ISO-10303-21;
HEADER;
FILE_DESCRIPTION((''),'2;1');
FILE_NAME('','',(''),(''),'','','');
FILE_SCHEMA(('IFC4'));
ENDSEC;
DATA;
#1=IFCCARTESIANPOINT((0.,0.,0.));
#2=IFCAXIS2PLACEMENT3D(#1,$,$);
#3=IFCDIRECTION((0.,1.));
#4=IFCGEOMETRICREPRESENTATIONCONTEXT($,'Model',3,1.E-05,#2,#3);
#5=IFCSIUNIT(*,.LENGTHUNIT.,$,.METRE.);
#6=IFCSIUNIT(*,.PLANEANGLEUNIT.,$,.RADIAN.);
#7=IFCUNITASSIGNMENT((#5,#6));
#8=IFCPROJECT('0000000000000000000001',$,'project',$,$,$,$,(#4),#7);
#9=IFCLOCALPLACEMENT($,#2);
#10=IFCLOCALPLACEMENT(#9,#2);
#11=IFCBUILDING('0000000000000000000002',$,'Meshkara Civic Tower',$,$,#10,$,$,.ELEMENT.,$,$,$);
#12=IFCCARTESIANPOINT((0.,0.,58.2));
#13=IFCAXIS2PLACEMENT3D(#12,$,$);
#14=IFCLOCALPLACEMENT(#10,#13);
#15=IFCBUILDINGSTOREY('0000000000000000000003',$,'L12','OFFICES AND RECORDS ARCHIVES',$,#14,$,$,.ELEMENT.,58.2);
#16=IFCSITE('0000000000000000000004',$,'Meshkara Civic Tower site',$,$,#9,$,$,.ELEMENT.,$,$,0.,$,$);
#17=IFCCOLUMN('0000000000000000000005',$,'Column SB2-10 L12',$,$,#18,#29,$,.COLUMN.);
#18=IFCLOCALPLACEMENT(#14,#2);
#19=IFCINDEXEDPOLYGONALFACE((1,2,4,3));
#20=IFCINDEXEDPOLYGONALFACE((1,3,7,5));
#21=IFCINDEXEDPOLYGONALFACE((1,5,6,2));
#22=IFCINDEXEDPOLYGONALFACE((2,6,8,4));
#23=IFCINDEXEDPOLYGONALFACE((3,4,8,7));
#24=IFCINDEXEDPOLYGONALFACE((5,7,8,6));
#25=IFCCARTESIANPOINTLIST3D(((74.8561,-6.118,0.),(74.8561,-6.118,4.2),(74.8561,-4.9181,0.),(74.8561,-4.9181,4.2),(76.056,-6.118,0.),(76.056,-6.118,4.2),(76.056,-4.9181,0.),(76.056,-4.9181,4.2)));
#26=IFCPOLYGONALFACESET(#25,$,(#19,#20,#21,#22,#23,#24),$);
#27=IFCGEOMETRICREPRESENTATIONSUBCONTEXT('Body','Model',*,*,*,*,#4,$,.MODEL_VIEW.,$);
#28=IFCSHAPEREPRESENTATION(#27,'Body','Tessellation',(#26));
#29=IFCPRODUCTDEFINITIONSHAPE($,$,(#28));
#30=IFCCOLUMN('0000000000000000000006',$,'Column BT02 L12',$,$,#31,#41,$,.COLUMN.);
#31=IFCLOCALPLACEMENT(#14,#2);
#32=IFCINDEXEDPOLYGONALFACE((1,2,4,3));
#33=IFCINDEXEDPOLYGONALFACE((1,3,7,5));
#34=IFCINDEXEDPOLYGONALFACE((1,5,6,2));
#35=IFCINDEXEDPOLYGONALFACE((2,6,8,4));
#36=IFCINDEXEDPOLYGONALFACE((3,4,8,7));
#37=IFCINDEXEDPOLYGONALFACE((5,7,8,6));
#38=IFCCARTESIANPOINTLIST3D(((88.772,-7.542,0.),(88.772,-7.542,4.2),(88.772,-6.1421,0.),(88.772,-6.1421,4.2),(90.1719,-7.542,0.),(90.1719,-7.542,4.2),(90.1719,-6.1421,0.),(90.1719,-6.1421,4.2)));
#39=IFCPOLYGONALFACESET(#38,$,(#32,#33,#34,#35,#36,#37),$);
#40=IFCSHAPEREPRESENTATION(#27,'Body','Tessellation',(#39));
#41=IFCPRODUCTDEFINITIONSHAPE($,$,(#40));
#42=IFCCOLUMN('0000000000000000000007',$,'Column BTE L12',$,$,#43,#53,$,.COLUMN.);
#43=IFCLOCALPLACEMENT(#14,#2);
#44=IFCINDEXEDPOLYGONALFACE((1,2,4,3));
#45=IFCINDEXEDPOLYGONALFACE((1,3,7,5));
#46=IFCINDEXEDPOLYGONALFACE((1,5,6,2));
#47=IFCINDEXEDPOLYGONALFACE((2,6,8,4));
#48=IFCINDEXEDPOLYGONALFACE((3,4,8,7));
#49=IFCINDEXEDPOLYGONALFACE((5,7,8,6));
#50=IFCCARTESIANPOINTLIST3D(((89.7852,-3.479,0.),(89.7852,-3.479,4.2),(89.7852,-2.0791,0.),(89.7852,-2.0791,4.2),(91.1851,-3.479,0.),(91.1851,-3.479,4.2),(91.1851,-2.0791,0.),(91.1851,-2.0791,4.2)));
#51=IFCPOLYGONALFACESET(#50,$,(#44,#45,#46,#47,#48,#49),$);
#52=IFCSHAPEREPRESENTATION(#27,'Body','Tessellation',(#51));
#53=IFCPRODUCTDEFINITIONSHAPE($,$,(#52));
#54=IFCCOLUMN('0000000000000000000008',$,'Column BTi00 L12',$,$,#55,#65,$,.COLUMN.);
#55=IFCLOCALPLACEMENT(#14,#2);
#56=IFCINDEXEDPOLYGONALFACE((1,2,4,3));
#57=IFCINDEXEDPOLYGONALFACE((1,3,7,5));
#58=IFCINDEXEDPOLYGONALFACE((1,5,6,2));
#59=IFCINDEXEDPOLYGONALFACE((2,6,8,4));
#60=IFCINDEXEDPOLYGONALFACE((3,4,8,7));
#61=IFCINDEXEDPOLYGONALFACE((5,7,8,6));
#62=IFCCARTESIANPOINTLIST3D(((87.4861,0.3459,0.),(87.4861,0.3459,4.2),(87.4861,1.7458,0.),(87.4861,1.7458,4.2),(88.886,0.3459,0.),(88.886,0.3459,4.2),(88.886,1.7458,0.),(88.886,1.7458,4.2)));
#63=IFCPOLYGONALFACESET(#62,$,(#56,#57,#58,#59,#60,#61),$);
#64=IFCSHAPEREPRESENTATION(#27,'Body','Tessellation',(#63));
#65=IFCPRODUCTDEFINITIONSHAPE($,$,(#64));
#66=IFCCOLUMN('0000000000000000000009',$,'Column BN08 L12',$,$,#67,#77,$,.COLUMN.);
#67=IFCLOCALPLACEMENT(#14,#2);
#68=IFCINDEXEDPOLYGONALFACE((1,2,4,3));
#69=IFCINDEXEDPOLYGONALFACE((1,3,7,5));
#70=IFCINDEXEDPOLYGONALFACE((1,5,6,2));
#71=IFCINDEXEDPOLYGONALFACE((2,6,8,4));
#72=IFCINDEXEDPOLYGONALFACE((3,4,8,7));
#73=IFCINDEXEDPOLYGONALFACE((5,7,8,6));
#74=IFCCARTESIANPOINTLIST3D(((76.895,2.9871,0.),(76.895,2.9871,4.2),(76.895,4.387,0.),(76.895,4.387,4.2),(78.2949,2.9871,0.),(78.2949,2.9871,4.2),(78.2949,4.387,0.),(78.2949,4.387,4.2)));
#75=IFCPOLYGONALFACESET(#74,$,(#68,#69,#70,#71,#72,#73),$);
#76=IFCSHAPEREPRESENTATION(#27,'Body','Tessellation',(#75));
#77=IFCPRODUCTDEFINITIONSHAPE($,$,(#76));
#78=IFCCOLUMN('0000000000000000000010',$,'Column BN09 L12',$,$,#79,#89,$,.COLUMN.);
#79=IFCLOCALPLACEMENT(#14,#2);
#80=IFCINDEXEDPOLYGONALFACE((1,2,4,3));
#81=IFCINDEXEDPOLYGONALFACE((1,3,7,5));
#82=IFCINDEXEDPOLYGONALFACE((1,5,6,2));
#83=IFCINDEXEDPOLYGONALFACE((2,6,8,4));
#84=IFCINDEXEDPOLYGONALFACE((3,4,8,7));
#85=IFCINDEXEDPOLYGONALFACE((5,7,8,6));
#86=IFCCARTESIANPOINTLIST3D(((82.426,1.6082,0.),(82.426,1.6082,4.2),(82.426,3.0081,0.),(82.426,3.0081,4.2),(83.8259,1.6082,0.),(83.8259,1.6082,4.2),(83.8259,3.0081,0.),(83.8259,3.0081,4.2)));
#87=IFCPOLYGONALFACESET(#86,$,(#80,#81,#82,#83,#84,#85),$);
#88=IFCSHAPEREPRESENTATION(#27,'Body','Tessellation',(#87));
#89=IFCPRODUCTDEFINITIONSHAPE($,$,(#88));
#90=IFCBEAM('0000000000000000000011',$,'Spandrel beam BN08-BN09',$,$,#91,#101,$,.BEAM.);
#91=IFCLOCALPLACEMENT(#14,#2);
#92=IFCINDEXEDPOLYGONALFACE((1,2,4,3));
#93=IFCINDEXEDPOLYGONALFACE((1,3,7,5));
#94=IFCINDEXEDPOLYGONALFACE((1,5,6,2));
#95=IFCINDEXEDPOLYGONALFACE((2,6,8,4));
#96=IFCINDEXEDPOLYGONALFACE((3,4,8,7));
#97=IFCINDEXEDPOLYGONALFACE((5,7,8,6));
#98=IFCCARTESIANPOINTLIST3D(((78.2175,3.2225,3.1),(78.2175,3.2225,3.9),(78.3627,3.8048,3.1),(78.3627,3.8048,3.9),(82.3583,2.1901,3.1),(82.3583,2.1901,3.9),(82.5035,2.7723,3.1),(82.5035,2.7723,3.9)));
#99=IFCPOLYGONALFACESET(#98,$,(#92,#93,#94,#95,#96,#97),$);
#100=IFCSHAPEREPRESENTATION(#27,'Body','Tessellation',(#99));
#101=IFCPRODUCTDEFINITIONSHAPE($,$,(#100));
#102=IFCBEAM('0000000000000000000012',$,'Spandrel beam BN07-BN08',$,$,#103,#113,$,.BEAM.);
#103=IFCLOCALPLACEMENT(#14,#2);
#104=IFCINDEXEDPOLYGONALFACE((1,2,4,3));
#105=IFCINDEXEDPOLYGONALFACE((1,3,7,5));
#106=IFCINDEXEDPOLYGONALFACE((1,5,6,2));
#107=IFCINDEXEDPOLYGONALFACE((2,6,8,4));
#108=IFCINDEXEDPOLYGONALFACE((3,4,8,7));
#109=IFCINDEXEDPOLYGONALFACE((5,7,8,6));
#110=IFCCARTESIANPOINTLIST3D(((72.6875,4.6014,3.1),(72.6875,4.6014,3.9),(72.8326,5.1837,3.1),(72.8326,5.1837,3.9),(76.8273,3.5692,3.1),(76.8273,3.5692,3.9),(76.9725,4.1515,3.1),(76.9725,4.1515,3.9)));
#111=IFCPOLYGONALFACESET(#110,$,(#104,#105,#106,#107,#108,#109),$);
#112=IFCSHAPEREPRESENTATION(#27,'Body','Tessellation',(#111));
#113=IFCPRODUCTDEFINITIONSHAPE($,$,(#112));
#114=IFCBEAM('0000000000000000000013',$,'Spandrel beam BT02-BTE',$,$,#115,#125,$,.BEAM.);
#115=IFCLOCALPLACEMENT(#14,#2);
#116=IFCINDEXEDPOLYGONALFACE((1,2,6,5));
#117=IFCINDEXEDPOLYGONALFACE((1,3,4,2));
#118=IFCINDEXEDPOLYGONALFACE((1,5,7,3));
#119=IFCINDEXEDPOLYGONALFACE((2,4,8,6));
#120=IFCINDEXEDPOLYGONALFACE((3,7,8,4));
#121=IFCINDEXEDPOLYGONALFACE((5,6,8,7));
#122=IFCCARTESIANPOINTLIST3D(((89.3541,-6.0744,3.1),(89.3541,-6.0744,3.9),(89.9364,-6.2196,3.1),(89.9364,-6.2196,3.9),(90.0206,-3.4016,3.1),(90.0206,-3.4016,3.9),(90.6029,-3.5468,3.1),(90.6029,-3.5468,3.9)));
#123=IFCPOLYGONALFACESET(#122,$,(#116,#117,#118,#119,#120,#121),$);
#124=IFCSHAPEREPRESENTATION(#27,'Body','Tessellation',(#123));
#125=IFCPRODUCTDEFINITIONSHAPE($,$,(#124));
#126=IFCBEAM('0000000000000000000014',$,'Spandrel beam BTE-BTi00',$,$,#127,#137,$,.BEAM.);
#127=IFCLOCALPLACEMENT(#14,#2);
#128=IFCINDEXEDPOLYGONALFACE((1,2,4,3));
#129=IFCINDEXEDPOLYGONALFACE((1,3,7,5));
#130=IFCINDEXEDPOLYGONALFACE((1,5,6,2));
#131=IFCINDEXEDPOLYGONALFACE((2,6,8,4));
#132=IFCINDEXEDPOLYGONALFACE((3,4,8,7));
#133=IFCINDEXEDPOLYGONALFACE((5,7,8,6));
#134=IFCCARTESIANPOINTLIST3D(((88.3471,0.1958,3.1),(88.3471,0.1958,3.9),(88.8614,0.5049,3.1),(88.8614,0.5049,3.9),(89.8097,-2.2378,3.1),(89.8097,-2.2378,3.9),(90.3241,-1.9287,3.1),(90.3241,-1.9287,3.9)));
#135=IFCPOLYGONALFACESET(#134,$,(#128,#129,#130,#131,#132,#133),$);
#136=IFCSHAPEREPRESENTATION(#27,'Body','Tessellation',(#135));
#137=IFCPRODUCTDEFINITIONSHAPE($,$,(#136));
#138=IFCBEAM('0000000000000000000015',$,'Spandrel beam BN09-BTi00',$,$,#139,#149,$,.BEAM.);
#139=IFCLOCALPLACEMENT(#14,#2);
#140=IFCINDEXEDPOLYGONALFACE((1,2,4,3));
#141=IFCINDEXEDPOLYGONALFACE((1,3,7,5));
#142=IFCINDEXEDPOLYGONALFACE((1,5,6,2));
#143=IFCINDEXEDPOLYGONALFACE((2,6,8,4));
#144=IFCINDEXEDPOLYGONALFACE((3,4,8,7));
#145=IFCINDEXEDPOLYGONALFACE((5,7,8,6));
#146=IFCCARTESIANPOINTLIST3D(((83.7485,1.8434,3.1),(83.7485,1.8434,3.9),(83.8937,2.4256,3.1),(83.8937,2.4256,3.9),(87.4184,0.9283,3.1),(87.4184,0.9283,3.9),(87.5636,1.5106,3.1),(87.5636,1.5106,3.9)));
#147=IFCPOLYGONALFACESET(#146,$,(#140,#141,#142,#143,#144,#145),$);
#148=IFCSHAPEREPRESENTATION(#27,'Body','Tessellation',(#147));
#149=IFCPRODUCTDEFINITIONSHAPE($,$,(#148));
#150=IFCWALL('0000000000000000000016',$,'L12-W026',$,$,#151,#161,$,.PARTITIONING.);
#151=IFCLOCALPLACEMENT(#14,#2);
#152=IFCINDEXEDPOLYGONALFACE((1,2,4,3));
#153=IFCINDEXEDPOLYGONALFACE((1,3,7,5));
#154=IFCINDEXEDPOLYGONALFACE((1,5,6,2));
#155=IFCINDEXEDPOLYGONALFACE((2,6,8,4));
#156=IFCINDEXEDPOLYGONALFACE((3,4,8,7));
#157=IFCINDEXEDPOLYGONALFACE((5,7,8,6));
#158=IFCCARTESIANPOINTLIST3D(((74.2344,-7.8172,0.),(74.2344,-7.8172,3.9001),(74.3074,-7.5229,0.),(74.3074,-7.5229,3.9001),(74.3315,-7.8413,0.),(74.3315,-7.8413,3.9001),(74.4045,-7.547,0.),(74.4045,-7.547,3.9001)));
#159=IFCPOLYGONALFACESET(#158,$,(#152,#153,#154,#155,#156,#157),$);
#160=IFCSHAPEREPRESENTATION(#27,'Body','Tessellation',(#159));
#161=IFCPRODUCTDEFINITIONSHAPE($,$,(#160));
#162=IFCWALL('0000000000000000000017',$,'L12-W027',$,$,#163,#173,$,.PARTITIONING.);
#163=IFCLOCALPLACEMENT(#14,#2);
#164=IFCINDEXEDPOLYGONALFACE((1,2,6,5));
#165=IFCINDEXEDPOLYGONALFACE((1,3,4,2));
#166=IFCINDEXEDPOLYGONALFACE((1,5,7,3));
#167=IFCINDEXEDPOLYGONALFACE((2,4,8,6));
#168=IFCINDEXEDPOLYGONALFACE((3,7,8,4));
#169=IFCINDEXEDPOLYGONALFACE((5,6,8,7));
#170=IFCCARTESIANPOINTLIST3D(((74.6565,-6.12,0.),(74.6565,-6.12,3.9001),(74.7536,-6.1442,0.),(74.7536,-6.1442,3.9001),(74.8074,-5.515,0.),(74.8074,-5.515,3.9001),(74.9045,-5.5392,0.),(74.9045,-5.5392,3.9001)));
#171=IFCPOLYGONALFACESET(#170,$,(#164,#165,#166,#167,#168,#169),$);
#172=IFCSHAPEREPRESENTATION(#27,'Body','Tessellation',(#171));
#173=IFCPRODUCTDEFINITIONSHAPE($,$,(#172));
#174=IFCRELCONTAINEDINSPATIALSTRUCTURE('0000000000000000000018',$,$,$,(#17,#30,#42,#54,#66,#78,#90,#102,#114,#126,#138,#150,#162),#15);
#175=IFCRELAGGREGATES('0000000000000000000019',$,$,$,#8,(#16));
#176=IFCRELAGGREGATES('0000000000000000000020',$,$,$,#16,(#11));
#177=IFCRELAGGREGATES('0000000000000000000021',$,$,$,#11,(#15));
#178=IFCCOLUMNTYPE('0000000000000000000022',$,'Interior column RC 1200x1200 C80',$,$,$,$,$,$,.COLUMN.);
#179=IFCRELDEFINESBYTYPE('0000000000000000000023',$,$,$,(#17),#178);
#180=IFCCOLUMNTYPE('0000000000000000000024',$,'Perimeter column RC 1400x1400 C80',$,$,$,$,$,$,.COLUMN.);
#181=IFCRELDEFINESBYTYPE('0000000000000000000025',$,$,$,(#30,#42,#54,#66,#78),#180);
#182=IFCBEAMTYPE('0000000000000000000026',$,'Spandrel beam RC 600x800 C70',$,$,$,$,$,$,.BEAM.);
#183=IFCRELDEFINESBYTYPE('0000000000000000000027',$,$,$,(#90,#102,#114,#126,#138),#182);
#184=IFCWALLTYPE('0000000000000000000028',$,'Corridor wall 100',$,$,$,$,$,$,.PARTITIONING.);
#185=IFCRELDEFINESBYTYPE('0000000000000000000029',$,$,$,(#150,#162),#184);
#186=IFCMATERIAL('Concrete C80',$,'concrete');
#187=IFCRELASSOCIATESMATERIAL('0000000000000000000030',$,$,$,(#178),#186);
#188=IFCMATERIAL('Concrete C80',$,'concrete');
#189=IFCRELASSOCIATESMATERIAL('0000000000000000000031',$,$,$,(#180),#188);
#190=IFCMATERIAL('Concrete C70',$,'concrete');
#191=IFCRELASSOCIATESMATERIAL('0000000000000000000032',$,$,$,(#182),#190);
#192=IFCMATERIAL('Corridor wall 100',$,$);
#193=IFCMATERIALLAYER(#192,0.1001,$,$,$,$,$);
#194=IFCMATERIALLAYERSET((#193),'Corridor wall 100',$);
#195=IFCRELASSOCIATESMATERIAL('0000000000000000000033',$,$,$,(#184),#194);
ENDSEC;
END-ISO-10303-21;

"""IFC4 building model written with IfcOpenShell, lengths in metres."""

from ifc_helpers import new_model, si_unit, direction, frame, frame_2d, origin, origin_2d, place, context, subcontext, project, spatial, rectangle, extrude, material, layer, layer_set, material_profile, profile_set, type_object, element, save


model = new_model("IFC4")

# Units and contexts
model_context = context("Model", 3, precision=1e-05, world=origin(), true_north=direction((0.0, 1.0)))
body_context = subcontext(model_context, "Body", "Model", "MODEL_VIEW")
ifc_project = project(units=[si_unit("LENGTHUNIT", "METRE"), si_unit("PLANEANGLEUNIT", "RADIAN")], contexts=[model_context])

# Site, building, storey
site_placement = place(None, origin())
site = spatial("IfcSite", under=ifc_project, at=site_placement, Name="Meshkara Civic Tower site", CompositionType="ELEMENT", RefElevation=0.0)
building_placement = place(site_placement, origin())
building = spatial("IfcBuilding", under=site, at=building_placement, Name="Meshkara Civic Tower", CompositionType="ELEMENT")
storey_placement = place(building_placement, frame((0.0, 0.0, 58.2)))
storey = spatial("IfcBuildingStorey", under=building, at=storey_placement, Name="L12", Description="OFFICES AND RECORDS ARCHIVES", CompositionType="ELEMENT", Elevation=58.2)

# Columns
ifc_material_1 = material(Name="Concrete C80", Category="concrete")
ifc_material_profile_1 = material_profile(ifc_material_1, rectangle(XDim=1.2, YDim=1.2, at=origin_2d()))
ifc_profile_set_1 = profile_set([ifc_material_profile_1], Name="Concrete C80")
column_type_1 = type_object("IfcColumnType", Name="Interior column RC 1200x1200 C80", PredefinedType="COLUMN", material=ifc_profile_set_1)
column_placement = place(storey_placement, frame((75.4561, -5.5181, 0.0), z_axis=(0.0, 0.0, 1.0), x_axis=(1.0, 0.0, 0.0)))
element("IfcColumn", 1, at=column_placement, inside=storey, type_object=column_type_1, Name="Column SB2-10 L12", PredefinedType="COLUMN", context=body_context, shape_type="SweptSolid", body=[
    extrude(rectangle(XDim=1.2, YDim=1.2, at=origin_2d()), origin(), (0.0, 0.0, 1.0), 4.2),
])
ifc_material_2 = material(Name="Concrete C80", Category="concrete")
ifc_material_profile_2 = material_profile(ifc_material_2, rectangle(XDim=1.3999, YDim=1.3999, at=origin_2d()))
ifc_profile_set_2 = profile_set([ifc_material_profile_2], Name="Concrete C80")
column_type_2 = type_object("IfcColumnType", Name="Perimeter column RC 1400x1400 C80", PredefinedType="COLUMN", material=ifc_profile_set_2)
for number, where, z_axis, x_axis, name in (
    (2, (89.4719, -6.842, 0.0), (0.0, 0.0, 1.0), (1.0, 0.0, 0.0), "Column BT02 L12"),
    (3, (90.4851, -2.7791, 0.0), (0.0, 0.0, 1.0), (1.0, 0.0, 0.0), "Column BTE L12"),
    (4, (88.186, 1.0459, 0.0), (0.0, 0.0, 1.0), (1.0, 0.0, 0.0), "Column BTi00 L12"),
    (5, (77.595, 3.687, 0.0), (0.0, 0.0, 1.0), (1.0, 0.0, 0.0), "Column BN08 L12"),
    (6, (83.126, 2.3081, 0.0), (0.0, 0.0, 1.0), (1.0, 0.0, 0.0), "Column BN09 L12"),
):
    element("IfcColumn", number, at=place(storey_placement, frame(where, z_axis=z_axis, x_axis=x_axis)), inside=storey, type_object=column_type_2, Name=name, PredefinedType="COLUMN", context=body_context, shape_type="SweptSolid", body=[
        extrude(rectangle(XDim=1.3999, YDim=1.3999, at=origin_2d()), origin(), (0.0, 0.0, 1.0), 4.2),
    ])

# Beams
ifc_material_3 = material(Name="Concrete C70", Category="concrete")
ifc_material_profile_3 = material_profile(ifc_material_3, rectangle(XDim=0.6001, YDim=0.8, at=origin_2d()))
ifc_profile_set_3 = profile_set([ifc_material_profile_3], Name="Concrete C70")
beam_type = type_object("IfcBeamType", Name="Spandrel beam RC 600x800 C70", PredefinedType="BEAM", material=ifc_profile_set_3)
beam_1_placement = place(storey_placement, frame((82.4309, 2.4812, 3.5), z_axis=(-0.970294, 0.24193, 0.0), x_axis=(-0.24193, -0.970294, 0.0)))
element("IfcBeam", 7, at=beam_1_placement, inside=storey, type_object=beam_type, Name="Spandrel beam BN08-BN09", PredefinedType="BEAM", context=body_context, shape_type="SweptSolid", body=[
    extrude(rectangle(XDim=0.6001, YDim=0.8, at=origin_2d()), origin(), (0.0, 0.0, 1.0), 4.2676),
])
beam_2_placement = place(storey_placement, frame((76.8999, 3.8604, 3.5), z_axis=(-0.970294, 0.24193, 0.0), x_axis=(-0.24193, -0.970294, 0.0)))
element("IfcBeam", 8, at=beam_2_placement, inside=storey, type_object=beam_type, Name="Spandrel beam BN07-BN08", PredefinedType="BEAM", context=body_context, shape_type="SweptSolid", body=[
    extrude(rectangle(XDim=0.6001, YDim=0.8, at=origin_2d()), origin(), (0.0, 0.0, 1.0), 4.2666),
])
beam_3_placement = place(storey_placement, frame((89.6453, -6.147, 3.5), z_axis=(0.241952, 0.970288, 0.0), x_axis=(-0.970288, 0.241952, 0.0)))
element("IfcBeam", 9, at=beam_3_placement, inside=storey, type_object=beam_type, Name="Spandrel beam BT02-BTE", PredefinedType="BEAM", context=body_context, shape_type="SweptSolid", body=[
    extrude(rectangle(XDim=0.6001, YDim=0.8, at=origin_2d()), origin(), (0.0, 0.0, 1.0), 2.7546),
])
beam_4_placement = place(storey_placement, frame((90.0669, -2.0833, 3.5), z_axis=(-0.515141, 0.857106, 0.0), x_axis=(-0.857106, -0.515141, 0.0)))
element("IfcBeam", 10, at=beam_4_placement, inside=storey, type_object=beam_type, Name="Spandrel beam BTE-BTi00", PredefinedType="BEAM", context=body_context, shape_type="SweptSolid", body=[
    extrude(rectangle(XDim=0.6001, YDim=0.8, at=origin_2d()), origin(), (0.0, 0.0, 1.0), 2.8394),
])
beam_5_placement = place(storey_placement, frame((87.491, 1.2195, 3.5), z_axis=(-0.970294, 0.241928, 0.0), x_axis=(-0.241928, -0.970294, 0.0)))
element("IfcBeam", 11, at=beam_5_placement, inside=storey, type_object=beam_type, Name="Spandrel beam BN09-BTi00", PredefinedType="BEAM", context=body_context, shape_type="SweptSolid", body=[
    extrude(rectangle(XDim=0.6001, YDim=0.8, at=origin_2d()), origin(), (0.0, 0.0, 1.0), 3.7822),
])

# Walls
ifc_material_4 = material(Name="Corridor wall 100")
ifc_layer_1 = layer(ifc_material_4, 0.1001)
ifc_layer_set_1 = layer_set([ifc_layer_1], Name="Corridor wall 100")
wall_type_1 = type_object("IfcWallType", Name="Corridor wall 100", PredefinedType="PARTITIONING", material=ifc_layer_set_1)
wall_1_placement = place(storey_placement, frame((74.356, -7.5349, 0.0), z_axis=(0.0, 0.0, 1.0), x_axis=(-0.24083, -0.970567, 0.0)))
element("IfcWall", 12, at=wall_1_placement, inside=storey, type_object=wall_type_1, Name="L12-W026", PredefinedType="PARTITIONING", context=body_context, shape_type="SweptSolid", body=[
    extrude(rectangle(XDim=0.3032, YDim=0.1001, at=frame_2d((0.1516, 0.0))), origin(), (0.0, 0.0, 1.0), 3.9001),
])
wall_2_placement = place(storey_placement, frame((74.856, -5.5271, 0.0), z_axis=(0.0, 0.0, 1.0), x_axis=(-0.241983, -0.970281, 0.0)))
element("IfcWall", 13, at=wall_2_placement, inside=storey, type_object=wall_type_1, Name="L12-W027", PredefinedType="PARTITIONING", context=body_context, shape_type="SweptSolid", body=[
    extrude(rectangle(XDim=0.6235, YDim=0.1001, at=frame_2d((0.3118, 0.0))), origin(), (0.0, 0.0, 1.0), 3.9001),
])

save(model, "model.ifc")
